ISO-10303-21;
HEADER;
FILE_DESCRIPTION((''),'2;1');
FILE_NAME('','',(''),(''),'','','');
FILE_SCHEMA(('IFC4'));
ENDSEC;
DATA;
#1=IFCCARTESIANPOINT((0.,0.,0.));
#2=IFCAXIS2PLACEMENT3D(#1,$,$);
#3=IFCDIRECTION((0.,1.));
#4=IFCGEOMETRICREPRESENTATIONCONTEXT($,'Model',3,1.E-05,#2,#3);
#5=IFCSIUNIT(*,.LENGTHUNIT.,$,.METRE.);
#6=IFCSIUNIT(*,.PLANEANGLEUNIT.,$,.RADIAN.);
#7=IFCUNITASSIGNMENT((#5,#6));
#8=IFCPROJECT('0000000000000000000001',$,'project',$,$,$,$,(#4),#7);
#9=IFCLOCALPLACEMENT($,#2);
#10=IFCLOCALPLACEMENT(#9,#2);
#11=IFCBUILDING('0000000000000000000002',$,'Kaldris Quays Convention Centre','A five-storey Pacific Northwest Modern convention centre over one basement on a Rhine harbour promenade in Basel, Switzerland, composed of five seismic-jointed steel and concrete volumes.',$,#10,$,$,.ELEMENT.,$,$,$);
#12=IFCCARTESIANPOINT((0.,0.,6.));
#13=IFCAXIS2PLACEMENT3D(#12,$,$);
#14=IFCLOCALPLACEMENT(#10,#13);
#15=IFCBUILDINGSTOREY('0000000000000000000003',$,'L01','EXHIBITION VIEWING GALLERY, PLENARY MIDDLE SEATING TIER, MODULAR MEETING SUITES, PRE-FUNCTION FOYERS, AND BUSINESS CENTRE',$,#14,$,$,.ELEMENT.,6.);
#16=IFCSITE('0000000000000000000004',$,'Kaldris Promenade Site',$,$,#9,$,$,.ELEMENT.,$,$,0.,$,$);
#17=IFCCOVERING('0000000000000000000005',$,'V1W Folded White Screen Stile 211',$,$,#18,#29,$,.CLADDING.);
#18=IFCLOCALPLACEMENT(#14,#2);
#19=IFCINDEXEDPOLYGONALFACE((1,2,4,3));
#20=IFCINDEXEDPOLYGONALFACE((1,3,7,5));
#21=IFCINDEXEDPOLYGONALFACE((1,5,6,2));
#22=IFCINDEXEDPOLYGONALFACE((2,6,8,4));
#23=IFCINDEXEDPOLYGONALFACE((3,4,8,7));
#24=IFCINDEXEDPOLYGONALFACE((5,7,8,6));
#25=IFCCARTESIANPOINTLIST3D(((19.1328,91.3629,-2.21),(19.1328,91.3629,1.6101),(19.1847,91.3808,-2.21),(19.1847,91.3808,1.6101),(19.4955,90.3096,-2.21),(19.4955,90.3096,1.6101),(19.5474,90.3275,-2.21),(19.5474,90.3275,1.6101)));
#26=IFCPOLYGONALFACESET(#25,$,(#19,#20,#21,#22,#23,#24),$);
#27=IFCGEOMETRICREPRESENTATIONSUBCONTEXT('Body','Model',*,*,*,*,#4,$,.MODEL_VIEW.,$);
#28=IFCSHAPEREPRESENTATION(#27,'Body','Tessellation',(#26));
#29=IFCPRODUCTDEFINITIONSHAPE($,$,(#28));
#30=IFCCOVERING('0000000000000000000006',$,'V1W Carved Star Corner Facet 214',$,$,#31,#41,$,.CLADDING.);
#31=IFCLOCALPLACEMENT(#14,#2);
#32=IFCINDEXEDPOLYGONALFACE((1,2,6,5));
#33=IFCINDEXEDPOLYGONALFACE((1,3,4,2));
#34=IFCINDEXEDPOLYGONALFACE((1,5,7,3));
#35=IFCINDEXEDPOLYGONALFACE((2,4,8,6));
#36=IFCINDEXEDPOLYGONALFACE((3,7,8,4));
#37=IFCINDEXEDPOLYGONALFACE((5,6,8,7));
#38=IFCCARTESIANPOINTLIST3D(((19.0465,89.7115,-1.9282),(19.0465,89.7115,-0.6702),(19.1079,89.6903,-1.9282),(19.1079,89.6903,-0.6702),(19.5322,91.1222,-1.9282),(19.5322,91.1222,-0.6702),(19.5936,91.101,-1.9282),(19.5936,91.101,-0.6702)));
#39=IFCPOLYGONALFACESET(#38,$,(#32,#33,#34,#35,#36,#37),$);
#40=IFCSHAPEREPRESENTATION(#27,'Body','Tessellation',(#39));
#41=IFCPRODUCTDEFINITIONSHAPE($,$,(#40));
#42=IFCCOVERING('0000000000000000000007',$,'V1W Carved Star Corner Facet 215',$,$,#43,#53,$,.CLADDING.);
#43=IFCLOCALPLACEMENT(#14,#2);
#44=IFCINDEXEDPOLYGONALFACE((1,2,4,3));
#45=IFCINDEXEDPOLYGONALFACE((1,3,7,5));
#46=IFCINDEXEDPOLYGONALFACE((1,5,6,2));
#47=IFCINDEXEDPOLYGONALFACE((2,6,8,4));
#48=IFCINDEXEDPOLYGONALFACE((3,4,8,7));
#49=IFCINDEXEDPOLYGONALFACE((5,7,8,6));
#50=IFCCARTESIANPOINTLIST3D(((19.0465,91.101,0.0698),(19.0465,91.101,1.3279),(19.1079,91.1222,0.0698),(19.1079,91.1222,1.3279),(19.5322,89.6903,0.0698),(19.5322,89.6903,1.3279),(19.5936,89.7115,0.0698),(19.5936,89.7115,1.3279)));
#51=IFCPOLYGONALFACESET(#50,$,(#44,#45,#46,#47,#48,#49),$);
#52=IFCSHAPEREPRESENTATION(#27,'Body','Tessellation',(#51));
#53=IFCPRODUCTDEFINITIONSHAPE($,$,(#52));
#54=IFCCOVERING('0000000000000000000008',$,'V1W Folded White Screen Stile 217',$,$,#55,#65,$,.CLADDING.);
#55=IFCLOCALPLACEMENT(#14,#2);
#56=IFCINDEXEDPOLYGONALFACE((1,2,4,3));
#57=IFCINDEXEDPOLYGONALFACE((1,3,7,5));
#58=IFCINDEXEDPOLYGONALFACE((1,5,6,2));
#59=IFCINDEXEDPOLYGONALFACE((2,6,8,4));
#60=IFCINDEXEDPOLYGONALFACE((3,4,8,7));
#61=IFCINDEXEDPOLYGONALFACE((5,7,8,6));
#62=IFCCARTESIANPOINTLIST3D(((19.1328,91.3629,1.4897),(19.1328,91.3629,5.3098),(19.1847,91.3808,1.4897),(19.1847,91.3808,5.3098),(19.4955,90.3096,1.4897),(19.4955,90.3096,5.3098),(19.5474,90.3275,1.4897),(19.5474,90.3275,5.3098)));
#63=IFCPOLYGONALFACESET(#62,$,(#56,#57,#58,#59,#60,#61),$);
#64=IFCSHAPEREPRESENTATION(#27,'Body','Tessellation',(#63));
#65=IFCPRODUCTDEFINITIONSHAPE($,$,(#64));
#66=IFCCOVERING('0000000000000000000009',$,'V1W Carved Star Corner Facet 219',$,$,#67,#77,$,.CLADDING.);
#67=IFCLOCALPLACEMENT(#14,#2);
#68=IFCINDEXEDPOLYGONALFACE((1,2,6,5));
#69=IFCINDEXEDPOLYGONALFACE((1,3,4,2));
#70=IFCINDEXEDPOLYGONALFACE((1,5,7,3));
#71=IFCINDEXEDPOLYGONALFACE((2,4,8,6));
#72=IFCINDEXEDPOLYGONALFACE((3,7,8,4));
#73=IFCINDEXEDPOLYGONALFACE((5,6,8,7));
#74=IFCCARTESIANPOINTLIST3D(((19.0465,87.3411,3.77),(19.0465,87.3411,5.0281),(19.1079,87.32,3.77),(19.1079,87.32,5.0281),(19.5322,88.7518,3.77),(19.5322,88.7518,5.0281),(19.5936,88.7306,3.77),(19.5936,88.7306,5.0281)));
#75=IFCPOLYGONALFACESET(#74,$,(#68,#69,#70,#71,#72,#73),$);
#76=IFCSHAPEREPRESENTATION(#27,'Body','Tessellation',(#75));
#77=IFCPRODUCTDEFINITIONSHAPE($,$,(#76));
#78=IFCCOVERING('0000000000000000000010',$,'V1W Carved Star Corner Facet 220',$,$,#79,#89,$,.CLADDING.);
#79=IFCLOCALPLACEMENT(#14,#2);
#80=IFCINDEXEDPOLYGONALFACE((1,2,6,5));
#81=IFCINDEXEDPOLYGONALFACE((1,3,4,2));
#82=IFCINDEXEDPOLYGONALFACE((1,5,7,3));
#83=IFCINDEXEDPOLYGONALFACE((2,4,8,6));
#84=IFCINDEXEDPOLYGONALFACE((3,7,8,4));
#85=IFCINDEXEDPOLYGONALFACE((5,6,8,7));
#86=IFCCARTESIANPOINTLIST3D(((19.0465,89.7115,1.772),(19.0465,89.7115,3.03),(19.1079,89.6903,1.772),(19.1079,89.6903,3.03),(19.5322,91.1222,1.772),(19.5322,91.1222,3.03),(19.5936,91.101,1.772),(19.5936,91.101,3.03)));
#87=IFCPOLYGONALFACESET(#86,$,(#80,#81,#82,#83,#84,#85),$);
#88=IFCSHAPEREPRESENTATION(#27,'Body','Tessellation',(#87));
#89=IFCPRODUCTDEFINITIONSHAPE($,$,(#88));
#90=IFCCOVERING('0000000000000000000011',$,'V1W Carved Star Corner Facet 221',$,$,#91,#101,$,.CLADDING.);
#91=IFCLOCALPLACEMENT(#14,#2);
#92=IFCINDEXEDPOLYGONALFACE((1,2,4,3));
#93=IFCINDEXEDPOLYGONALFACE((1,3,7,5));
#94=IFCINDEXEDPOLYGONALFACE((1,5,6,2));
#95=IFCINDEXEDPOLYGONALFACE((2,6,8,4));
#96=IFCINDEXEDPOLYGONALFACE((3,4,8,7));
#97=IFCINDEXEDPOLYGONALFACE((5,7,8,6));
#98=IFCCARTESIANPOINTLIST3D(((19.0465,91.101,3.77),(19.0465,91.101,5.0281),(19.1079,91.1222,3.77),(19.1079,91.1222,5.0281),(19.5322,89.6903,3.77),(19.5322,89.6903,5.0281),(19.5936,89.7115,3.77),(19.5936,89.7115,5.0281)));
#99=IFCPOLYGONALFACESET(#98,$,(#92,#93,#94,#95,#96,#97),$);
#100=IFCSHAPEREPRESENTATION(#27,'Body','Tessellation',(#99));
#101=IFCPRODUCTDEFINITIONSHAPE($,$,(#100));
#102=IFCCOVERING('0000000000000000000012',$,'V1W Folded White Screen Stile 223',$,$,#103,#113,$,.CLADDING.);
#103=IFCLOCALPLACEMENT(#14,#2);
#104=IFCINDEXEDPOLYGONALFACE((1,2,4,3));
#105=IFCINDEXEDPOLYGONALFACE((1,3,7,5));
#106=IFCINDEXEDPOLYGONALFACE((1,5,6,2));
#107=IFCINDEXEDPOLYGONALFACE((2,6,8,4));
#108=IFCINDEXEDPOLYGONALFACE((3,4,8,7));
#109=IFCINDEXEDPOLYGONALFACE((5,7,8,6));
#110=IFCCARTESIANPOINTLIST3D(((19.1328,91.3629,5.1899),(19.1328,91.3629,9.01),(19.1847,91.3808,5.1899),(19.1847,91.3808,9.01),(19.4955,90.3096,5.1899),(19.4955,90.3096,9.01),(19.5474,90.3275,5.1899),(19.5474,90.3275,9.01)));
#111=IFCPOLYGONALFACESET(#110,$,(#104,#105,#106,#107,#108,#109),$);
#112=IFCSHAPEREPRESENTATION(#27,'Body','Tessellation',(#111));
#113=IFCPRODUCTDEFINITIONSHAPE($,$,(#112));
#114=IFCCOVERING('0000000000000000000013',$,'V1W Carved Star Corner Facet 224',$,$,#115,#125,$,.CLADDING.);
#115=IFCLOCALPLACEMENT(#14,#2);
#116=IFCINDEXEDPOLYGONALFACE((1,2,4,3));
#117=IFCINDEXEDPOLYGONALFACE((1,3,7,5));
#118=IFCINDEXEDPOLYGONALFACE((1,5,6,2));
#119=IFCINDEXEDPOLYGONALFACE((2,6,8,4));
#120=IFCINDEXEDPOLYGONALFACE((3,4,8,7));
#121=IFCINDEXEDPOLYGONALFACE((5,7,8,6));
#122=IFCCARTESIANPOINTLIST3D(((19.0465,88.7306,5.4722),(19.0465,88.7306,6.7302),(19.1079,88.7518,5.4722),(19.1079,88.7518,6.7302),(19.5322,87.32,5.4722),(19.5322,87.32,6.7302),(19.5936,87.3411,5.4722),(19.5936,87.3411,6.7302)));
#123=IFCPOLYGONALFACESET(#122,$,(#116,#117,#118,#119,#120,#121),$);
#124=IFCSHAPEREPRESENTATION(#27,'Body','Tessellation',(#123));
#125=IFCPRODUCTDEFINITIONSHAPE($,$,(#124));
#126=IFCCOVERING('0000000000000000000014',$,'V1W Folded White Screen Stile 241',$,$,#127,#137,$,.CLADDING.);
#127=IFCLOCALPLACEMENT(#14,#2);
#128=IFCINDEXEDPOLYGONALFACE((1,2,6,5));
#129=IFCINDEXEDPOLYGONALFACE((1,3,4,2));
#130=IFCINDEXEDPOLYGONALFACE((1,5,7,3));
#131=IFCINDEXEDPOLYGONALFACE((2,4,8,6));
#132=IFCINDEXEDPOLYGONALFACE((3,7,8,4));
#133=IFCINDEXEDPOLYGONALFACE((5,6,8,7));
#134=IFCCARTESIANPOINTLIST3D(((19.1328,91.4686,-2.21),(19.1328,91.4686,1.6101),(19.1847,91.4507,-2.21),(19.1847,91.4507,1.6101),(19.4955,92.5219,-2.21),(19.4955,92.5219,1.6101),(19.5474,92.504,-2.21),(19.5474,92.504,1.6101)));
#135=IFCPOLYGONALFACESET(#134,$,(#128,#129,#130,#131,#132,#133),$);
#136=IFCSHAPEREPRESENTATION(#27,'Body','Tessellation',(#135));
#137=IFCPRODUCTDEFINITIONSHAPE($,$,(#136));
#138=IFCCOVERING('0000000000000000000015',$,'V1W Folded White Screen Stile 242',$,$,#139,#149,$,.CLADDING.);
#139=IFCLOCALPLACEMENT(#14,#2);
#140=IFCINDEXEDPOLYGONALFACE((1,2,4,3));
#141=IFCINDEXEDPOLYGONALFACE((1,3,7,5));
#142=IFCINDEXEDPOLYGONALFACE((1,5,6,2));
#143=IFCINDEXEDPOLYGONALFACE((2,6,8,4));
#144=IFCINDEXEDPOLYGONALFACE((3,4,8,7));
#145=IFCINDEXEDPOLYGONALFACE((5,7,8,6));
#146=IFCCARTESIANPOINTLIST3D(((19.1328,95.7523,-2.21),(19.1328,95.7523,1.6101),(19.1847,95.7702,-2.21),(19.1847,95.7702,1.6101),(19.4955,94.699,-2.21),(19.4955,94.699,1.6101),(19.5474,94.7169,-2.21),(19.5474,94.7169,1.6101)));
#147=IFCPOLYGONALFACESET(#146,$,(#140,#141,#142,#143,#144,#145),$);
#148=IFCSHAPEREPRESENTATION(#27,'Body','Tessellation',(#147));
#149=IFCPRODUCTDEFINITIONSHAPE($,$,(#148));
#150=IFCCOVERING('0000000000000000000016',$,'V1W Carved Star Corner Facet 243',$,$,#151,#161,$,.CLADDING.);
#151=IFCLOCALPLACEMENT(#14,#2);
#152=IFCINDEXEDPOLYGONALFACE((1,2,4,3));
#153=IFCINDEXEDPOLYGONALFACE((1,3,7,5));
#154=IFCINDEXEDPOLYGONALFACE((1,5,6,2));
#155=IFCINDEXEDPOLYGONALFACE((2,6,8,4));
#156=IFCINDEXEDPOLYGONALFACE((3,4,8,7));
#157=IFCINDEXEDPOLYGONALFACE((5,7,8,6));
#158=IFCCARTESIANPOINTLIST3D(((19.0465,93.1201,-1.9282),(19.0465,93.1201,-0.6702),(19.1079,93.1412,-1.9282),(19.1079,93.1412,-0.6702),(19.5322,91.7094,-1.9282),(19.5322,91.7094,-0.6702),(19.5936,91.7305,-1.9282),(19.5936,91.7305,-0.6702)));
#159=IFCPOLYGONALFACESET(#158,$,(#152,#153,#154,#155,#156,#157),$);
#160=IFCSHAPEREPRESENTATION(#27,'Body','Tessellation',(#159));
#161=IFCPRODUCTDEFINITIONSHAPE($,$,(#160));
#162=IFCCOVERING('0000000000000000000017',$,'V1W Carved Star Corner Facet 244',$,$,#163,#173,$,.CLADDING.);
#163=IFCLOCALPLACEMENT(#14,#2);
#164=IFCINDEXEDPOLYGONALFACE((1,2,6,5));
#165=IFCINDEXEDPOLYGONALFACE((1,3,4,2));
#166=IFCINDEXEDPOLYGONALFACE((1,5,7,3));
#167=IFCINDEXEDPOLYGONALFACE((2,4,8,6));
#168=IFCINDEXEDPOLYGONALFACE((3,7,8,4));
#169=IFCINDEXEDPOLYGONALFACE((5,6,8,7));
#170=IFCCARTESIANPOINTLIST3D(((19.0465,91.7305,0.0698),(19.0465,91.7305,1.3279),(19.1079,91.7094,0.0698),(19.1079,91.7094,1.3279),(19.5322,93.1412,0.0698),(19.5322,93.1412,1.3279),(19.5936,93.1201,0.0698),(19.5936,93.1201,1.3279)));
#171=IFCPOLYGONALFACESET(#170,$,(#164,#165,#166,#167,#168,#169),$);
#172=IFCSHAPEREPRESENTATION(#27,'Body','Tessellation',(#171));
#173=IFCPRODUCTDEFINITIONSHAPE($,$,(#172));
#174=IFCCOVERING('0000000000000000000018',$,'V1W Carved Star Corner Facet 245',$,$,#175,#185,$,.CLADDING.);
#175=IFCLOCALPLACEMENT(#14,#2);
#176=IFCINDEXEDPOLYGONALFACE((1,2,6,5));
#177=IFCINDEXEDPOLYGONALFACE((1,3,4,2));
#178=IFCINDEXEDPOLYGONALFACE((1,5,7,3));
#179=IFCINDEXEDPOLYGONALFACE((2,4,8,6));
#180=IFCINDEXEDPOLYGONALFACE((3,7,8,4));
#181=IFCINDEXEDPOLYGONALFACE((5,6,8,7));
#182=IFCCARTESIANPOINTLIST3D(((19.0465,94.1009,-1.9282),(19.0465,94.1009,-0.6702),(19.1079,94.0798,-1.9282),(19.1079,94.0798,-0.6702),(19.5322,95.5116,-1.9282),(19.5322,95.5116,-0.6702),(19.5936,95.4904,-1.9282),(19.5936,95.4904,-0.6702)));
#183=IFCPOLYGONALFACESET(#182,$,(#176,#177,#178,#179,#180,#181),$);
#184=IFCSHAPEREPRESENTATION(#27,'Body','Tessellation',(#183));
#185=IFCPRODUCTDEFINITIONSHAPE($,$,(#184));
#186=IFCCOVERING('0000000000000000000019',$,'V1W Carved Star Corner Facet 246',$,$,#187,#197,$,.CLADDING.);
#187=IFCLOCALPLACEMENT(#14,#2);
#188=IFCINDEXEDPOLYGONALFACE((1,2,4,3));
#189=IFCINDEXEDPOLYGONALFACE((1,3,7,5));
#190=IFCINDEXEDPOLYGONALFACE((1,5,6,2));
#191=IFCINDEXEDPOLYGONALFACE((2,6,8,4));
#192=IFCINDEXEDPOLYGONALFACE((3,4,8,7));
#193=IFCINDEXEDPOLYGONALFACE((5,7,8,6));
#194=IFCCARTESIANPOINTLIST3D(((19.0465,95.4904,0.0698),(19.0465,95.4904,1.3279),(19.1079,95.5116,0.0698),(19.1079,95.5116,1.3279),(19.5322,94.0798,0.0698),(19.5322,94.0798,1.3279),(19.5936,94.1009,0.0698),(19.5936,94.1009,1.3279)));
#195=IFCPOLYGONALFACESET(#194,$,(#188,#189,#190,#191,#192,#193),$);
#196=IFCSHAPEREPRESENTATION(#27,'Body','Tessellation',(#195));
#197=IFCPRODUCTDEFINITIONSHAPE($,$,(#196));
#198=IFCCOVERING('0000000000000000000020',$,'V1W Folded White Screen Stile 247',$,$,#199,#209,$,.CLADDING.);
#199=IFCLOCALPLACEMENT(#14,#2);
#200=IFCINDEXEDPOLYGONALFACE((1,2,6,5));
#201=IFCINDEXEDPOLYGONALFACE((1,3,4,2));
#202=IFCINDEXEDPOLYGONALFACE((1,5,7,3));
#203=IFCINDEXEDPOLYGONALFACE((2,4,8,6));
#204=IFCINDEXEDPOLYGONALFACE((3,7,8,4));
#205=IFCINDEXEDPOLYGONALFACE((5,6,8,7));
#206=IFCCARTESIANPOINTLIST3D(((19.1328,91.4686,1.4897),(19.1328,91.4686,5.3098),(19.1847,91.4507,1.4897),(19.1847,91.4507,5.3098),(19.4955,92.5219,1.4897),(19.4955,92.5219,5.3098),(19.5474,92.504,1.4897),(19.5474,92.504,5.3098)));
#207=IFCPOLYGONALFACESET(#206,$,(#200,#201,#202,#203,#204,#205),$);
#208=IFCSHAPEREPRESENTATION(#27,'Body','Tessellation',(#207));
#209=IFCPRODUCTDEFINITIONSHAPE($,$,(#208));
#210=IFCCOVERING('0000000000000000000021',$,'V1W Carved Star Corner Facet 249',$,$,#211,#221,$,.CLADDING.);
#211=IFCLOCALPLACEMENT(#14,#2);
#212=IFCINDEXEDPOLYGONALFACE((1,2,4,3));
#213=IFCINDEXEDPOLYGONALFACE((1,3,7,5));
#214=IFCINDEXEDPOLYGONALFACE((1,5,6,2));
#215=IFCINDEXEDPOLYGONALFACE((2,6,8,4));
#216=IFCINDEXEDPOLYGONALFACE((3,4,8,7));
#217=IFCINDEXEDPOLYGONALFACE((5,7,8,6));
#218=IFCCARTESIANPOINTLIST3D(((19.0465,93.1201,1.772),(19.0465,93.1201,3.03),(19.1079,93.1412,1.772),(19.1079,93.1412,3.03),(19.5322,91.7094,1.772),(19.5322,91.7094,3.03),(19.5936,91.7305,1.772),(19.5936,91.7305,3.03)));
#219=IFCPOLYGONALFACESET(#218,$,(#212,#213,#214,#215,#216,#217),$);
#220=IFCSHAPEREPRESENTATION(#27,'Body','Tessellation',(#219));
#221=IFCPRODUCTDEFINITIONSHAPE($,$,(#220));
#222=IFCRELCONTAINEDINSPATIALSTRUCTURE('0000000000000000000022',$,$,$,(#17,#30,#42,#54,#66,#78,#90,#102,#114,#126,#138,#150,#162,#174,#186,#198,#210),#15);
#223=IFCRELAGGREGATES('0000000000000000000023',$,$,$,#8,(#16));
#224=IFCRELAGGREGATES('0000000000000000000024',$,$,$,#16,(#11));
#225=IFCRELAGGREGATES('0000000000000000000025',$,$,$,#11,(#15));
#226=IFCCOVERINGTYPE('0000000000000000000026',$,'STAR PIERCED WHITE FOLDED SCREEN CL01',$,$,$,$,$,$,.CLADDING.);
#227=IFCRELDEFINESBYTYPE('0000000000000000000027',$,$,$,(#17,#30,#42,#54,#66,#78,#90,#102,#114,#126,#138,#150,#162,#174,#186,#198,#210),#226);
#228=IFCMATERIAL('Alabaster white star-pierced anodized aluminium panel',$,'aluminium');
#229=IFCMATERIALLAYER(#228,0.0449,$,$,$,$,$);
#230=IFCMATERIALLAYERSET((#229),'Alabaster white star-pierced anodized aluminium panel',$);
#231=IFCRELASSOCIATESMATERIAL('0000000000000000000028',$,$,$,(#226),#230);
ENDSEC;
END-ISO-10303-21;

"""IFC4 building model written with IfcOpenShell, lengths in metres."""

from ifc_helpers import new_model, si_unit, direction, frame, origin, origin_2d, place, context, subcontext, project, spatial, rectangle, extrude, material, layer, layer_set, type_object, element, save


model = new_model("IFC4")

# Units and contexts
model_context = context("Model", 3, precision=1e-05, world=origin(), true_north=direction((0.0, 1.0)))
body_context = subcontext(model_context, "Body", "Model", "MODEL_VIEW")
ifc_project = project(units=[si_unit("LENGTHUNIT", "METRE"), si_unit("PLANEANGLEUNIT", "RADIAN")], contexts=[model_context])

# Site, building, storey
site_placement = place(None, origin())
site = spatial("IfcSite", under=ifc_project, at=site_placement, Name="Kaldris Promenade Site", CompositionType="ELEMENT", RefElevation=0.0)
building_placement = place(site_placement, origin())
building = spatial("IfcBuilding", under=site, at=building_placement, Name="Kaldris Quays Convention Centre", Description="A five-storey Pacific Northwest Modern convention centre over one basement on a Rhine harbour promenade in Basel, Switzerland, composed of five seismic-jointed steel and concrete volumes.", CompositionType="ELEMENT")
storey_placement = place(building_placement, frame((0.0, 0.0, 6.0)))
storey = spatial("IfcBuildingStorey", under=building, at=storey_placement, Name="L01", Description="EXHIBITION VIEWING GALLERY, PLENARY MIDDLE SEATING TIER, MODULAR MEETING SUITES, PRE-FUNCTION FOYERS, AND BUSINESS CENTRE", CompositionType="ELEMENT", Elevation=6.0)

# Coverings
ifc_material_1 = material(Name="Alabaster white star-pierced anodized aluminium panel", Category="aluminium")
ifc_layer = layer(ifc_material_1, 0.0449)
ifc_layer_set = layer_set([ifc_layer], Name="Alabaster white star-pierced anodized aluminium panel")
covering_type = type_object("IfcCoveringType", Name="STAR PIERCED WHITE FOLDED SCREEN CL01", PredefinedType="CLADDING", material=ifc_layer_set)
covering_1_placement = place(storey_placement, frame((19.3401, 90.8452, -2.21), z_axis=(0.0, 0.0, 1.0), x_axis=(-0.325568, 0.945519, 0.0)))
element("IfcCovering", 1, at=covering_1_placement, inside=storey, type_object=covering_type, Name="V1W Folded White Screen Stile 211", PredefinedType="CLADDING", context=body_context, shape_type="SweptSolid", body=[
    extrude(rectangle(XDim=1.114, YDim=0.0549, at=origin_2d()), origin(), (0.0, 0.0, 1.0), 3.8201),
])
for number, where, z_axis, x_axis, name in (
    (2, (19.3201, 90.4062, -1.9282), (0.0, 0.0, 1.0), (0.325568, 0.945519, 0.0), "V1W Carved Star Corner Facet 214"),
    (3, (19.3201, 90.4062, 0.0698), (0.0, 0.0, 1.0), (-0.325568, 0.945519, 0.0), "V1W Carved Star Corner Facet 215"),
):
    element("IfcCovering", number, at=place(storey_placement, frame(where, z_axis=z_axis, x_axis=x_axis)), inside=storey, type_object=covering_type, Name=name, PredefinedType="CLADDING", context=body_context, shape_type="SweptSolid", body=[
        extrude(rectangle(XDim=1.4919, YDim=0.0649, at=origin_2d()), origin(), (0.0, 0.0, 1.0), 1.2581),
    ])
covering_2_placement = place(storey_placement, frame((19.3401, 90.8452, 1.4897), z_axis=(0.0, 0.0, 1.0), x_axis=(-0.325568, 0.945519, 0.0)))
element("IfcCovering", 4, at=covering_2_placement, inside=storey, type_object=covering_type, Name="V1W Folded White Screen Stile 217", PredefinedType="CLADDING", context=body_context, shape_type="SweptSolid", body=[
    extrude(rectangle(XDim=1.114, YDim=0.0549, at=origin_2d()), origin(), (0.0, 0.0, 1.0), 3.8201),
])
for number, where, z_axis, x_axis, name in (
    (5, (19.3201, 88.0359, 3.77), (0.0, 0.0, 1.0), (0.325568, 0.945519, 0.0), "V1W Carved Star Corner Facet 219"),
    (6, (19.3201, 90.4062, 1.772), (0.0, 0.0, 1.0), (0.325568, 0.945519, 0.0), "V1W Carved Star Corner Facet 220"),
    (7, (19.3201, 90.4062, 3.77), (0.0, 0.0, 1.0), (-0.325568, 0.945519, 0.0), "V1W Carved Star Corner Facet 221"),
):
    element("IfcCovering", number, at=place(storey_placement, frame(where, z_axis=z_axis, x_axis=x_axis)), inside=storey, type_object=covering_type, Name=name, PredefinedType="CLADDING", context=body_context, shape_type="SweptSolid", body=[
        extrude(rectangle(XDim=1.4919, YDim=0.0649, at=origin_2d()), origin(), (0.0, 0.0, 1.0), 1.2581),
    ])
covering_3_placement = place(storey_placement, frame((19.3401, 90.8452, 5.1899), z_axis=(0.0, 0.0, 1.0), x_axis=(-0.325568, 0.945519, 0.0)))
element("IfcCovering", 8, at=covering_3_placement, inside=storey, type_object=covering_type, Name="V1W Folded White Screen Stile 223", PredefinedType="CLADDING", context=body_context, shape_type="SweptSolid", body=[
    extrude(rectangle(XDim=1.114, YDim=0.0549, at=origin_2d()), origin(), (0.0, 0.0, 1.0), 3.8201),
])
covering_4_placement = place(storey_placement, frame((19.3201, 88.0359, 5.4722), z_axis=(0.0, 0.0, 1.0), x_axis=(-0.325568, 0.945519, 0.0)))
element("IfcCovering", 9, at=covering_4_placement, inside=storey, type_object=covering_type, Name="V1W Carved Star Corner Facet 224", PredefinedType="CLADDING", context=body_context, shape_type="SweptSolid", body=[
    extrude(rectangle(XDim=1.4919, YDim=0.0649, at=origin_2d()), origin(), (0.0, 0.0, 1.0), 1.2581),
])
for number, where, z_axis, x_axis, name in (
    (10, (19.3401, 91.9863, -2.21), (0.0, 0.0, 1.0), (0.325568, 0.945519, 0.0), "V1W Folded White Screen Stile 241"),
    (11, (19.3401, 95.2346, -2.21), (0.0, 0.0, 1.0), (-0.325568, 0.945519, 0.0), "V1W Folded White Screen Stile 242"),
):
    element("IfcCovering", number, at=place(storey_placement, frame(where, z_axis=z_axis, x_axis=x_axis)), inside=storey, type_object=covering_type, Name=name, PredefinedType="CLADDING", context=body_context, shape_type="SweptSolid", body=[
        extrude(rectangle(XDim=1.114, YDim=0.0549, at=origin_2d()), origin(), (0.0, 0.0, 1.0), 3.8201),
    ])
for number, where, z_axis, x_axis, name in (
    (12, (19.3201, 92.4253, -1.9282), (0.0, 0.0, 1.0), (-0.325568, 0.945519, 0.0), "V1W Carved Star Corner Facet 243"),
    (13, (19.3201, 92.4253, 0.0698), (0.0, 0.0, 1.0), (0.325568, 0.945519, 0.0), "V1W Carved Star Corner Facet 244"),
    (14, (19.3201, 94.7957, -1.9282), (0.0, 0.0, 1.0), (0.325568, 0.945519, 0.0), "V1W Carved Star Corner Facet 245"),
    (15, (19.3201, 94.7957, 0.0698), (0.0, 0.0, 1.0), (-0.325568, 0.945519, 0.0), "V1W Carved Star Corner Facet 246"),
):
    element("IfcCovering", number, at=place(storey_placement, frame(where, z_axis=z_axis, x_axis=x_axis)), inside=storey, type_object=covering_type, Name=name, PredefinedType="CLADDING", context=body_context, shape_type="SweptSolid", body=[
        extrude(rectangle(XDim=1.4919, YDim=0.0649, at=origin_2d()), origin(), (0.0, 0.0, 1.0), 1.2581),
    ])
covering_5_placement = place(storey_placement, frame((19.3401, 91.9863, 1.4897), z_axis=(0.0, 0.0, 1.0), x_axis=(0.325568, 0.945519, 0.0)))
element("IfcCovering", 16, at=covering_5_placement, inside=storey, type_object=covering_type, Name="V1W Folded White Screen Stile 247", PredefinedType="CLADDING", context=body_context, shape_type="SweptSolid", body=[
    extrude(rectangle(XDim=1.114, YDim=0.0549, at=origin_2d()), origin(), (0.0, 0.0, 1.0), 3.8201),
])
for number, where, z_axis, x_axis, name in (
    (17, (19.3201, 92.4253, 1.772), (0.0, 0.0, 1.0), (-0.325568, 0.945519, 0.0), "V1W Carved Star Corner Facet 249"),
):
    element("IfcCovering", number, at=place(storey_placement, frame(where, z_axis=z_axis, x_axis=x_axis)), inside=storey, type_object=covering_type, Name=name, PredefinedType="CLADDING", context=body_context, shape_type="SweptSolid", body=[
        extrude(rectangle(XDim=1.4919, YDim=0.0649, at=origin_2d()), origin(), (0.0, 0.0, 1.0), 1.2581),
    ])

save(model, "model.ifc")
